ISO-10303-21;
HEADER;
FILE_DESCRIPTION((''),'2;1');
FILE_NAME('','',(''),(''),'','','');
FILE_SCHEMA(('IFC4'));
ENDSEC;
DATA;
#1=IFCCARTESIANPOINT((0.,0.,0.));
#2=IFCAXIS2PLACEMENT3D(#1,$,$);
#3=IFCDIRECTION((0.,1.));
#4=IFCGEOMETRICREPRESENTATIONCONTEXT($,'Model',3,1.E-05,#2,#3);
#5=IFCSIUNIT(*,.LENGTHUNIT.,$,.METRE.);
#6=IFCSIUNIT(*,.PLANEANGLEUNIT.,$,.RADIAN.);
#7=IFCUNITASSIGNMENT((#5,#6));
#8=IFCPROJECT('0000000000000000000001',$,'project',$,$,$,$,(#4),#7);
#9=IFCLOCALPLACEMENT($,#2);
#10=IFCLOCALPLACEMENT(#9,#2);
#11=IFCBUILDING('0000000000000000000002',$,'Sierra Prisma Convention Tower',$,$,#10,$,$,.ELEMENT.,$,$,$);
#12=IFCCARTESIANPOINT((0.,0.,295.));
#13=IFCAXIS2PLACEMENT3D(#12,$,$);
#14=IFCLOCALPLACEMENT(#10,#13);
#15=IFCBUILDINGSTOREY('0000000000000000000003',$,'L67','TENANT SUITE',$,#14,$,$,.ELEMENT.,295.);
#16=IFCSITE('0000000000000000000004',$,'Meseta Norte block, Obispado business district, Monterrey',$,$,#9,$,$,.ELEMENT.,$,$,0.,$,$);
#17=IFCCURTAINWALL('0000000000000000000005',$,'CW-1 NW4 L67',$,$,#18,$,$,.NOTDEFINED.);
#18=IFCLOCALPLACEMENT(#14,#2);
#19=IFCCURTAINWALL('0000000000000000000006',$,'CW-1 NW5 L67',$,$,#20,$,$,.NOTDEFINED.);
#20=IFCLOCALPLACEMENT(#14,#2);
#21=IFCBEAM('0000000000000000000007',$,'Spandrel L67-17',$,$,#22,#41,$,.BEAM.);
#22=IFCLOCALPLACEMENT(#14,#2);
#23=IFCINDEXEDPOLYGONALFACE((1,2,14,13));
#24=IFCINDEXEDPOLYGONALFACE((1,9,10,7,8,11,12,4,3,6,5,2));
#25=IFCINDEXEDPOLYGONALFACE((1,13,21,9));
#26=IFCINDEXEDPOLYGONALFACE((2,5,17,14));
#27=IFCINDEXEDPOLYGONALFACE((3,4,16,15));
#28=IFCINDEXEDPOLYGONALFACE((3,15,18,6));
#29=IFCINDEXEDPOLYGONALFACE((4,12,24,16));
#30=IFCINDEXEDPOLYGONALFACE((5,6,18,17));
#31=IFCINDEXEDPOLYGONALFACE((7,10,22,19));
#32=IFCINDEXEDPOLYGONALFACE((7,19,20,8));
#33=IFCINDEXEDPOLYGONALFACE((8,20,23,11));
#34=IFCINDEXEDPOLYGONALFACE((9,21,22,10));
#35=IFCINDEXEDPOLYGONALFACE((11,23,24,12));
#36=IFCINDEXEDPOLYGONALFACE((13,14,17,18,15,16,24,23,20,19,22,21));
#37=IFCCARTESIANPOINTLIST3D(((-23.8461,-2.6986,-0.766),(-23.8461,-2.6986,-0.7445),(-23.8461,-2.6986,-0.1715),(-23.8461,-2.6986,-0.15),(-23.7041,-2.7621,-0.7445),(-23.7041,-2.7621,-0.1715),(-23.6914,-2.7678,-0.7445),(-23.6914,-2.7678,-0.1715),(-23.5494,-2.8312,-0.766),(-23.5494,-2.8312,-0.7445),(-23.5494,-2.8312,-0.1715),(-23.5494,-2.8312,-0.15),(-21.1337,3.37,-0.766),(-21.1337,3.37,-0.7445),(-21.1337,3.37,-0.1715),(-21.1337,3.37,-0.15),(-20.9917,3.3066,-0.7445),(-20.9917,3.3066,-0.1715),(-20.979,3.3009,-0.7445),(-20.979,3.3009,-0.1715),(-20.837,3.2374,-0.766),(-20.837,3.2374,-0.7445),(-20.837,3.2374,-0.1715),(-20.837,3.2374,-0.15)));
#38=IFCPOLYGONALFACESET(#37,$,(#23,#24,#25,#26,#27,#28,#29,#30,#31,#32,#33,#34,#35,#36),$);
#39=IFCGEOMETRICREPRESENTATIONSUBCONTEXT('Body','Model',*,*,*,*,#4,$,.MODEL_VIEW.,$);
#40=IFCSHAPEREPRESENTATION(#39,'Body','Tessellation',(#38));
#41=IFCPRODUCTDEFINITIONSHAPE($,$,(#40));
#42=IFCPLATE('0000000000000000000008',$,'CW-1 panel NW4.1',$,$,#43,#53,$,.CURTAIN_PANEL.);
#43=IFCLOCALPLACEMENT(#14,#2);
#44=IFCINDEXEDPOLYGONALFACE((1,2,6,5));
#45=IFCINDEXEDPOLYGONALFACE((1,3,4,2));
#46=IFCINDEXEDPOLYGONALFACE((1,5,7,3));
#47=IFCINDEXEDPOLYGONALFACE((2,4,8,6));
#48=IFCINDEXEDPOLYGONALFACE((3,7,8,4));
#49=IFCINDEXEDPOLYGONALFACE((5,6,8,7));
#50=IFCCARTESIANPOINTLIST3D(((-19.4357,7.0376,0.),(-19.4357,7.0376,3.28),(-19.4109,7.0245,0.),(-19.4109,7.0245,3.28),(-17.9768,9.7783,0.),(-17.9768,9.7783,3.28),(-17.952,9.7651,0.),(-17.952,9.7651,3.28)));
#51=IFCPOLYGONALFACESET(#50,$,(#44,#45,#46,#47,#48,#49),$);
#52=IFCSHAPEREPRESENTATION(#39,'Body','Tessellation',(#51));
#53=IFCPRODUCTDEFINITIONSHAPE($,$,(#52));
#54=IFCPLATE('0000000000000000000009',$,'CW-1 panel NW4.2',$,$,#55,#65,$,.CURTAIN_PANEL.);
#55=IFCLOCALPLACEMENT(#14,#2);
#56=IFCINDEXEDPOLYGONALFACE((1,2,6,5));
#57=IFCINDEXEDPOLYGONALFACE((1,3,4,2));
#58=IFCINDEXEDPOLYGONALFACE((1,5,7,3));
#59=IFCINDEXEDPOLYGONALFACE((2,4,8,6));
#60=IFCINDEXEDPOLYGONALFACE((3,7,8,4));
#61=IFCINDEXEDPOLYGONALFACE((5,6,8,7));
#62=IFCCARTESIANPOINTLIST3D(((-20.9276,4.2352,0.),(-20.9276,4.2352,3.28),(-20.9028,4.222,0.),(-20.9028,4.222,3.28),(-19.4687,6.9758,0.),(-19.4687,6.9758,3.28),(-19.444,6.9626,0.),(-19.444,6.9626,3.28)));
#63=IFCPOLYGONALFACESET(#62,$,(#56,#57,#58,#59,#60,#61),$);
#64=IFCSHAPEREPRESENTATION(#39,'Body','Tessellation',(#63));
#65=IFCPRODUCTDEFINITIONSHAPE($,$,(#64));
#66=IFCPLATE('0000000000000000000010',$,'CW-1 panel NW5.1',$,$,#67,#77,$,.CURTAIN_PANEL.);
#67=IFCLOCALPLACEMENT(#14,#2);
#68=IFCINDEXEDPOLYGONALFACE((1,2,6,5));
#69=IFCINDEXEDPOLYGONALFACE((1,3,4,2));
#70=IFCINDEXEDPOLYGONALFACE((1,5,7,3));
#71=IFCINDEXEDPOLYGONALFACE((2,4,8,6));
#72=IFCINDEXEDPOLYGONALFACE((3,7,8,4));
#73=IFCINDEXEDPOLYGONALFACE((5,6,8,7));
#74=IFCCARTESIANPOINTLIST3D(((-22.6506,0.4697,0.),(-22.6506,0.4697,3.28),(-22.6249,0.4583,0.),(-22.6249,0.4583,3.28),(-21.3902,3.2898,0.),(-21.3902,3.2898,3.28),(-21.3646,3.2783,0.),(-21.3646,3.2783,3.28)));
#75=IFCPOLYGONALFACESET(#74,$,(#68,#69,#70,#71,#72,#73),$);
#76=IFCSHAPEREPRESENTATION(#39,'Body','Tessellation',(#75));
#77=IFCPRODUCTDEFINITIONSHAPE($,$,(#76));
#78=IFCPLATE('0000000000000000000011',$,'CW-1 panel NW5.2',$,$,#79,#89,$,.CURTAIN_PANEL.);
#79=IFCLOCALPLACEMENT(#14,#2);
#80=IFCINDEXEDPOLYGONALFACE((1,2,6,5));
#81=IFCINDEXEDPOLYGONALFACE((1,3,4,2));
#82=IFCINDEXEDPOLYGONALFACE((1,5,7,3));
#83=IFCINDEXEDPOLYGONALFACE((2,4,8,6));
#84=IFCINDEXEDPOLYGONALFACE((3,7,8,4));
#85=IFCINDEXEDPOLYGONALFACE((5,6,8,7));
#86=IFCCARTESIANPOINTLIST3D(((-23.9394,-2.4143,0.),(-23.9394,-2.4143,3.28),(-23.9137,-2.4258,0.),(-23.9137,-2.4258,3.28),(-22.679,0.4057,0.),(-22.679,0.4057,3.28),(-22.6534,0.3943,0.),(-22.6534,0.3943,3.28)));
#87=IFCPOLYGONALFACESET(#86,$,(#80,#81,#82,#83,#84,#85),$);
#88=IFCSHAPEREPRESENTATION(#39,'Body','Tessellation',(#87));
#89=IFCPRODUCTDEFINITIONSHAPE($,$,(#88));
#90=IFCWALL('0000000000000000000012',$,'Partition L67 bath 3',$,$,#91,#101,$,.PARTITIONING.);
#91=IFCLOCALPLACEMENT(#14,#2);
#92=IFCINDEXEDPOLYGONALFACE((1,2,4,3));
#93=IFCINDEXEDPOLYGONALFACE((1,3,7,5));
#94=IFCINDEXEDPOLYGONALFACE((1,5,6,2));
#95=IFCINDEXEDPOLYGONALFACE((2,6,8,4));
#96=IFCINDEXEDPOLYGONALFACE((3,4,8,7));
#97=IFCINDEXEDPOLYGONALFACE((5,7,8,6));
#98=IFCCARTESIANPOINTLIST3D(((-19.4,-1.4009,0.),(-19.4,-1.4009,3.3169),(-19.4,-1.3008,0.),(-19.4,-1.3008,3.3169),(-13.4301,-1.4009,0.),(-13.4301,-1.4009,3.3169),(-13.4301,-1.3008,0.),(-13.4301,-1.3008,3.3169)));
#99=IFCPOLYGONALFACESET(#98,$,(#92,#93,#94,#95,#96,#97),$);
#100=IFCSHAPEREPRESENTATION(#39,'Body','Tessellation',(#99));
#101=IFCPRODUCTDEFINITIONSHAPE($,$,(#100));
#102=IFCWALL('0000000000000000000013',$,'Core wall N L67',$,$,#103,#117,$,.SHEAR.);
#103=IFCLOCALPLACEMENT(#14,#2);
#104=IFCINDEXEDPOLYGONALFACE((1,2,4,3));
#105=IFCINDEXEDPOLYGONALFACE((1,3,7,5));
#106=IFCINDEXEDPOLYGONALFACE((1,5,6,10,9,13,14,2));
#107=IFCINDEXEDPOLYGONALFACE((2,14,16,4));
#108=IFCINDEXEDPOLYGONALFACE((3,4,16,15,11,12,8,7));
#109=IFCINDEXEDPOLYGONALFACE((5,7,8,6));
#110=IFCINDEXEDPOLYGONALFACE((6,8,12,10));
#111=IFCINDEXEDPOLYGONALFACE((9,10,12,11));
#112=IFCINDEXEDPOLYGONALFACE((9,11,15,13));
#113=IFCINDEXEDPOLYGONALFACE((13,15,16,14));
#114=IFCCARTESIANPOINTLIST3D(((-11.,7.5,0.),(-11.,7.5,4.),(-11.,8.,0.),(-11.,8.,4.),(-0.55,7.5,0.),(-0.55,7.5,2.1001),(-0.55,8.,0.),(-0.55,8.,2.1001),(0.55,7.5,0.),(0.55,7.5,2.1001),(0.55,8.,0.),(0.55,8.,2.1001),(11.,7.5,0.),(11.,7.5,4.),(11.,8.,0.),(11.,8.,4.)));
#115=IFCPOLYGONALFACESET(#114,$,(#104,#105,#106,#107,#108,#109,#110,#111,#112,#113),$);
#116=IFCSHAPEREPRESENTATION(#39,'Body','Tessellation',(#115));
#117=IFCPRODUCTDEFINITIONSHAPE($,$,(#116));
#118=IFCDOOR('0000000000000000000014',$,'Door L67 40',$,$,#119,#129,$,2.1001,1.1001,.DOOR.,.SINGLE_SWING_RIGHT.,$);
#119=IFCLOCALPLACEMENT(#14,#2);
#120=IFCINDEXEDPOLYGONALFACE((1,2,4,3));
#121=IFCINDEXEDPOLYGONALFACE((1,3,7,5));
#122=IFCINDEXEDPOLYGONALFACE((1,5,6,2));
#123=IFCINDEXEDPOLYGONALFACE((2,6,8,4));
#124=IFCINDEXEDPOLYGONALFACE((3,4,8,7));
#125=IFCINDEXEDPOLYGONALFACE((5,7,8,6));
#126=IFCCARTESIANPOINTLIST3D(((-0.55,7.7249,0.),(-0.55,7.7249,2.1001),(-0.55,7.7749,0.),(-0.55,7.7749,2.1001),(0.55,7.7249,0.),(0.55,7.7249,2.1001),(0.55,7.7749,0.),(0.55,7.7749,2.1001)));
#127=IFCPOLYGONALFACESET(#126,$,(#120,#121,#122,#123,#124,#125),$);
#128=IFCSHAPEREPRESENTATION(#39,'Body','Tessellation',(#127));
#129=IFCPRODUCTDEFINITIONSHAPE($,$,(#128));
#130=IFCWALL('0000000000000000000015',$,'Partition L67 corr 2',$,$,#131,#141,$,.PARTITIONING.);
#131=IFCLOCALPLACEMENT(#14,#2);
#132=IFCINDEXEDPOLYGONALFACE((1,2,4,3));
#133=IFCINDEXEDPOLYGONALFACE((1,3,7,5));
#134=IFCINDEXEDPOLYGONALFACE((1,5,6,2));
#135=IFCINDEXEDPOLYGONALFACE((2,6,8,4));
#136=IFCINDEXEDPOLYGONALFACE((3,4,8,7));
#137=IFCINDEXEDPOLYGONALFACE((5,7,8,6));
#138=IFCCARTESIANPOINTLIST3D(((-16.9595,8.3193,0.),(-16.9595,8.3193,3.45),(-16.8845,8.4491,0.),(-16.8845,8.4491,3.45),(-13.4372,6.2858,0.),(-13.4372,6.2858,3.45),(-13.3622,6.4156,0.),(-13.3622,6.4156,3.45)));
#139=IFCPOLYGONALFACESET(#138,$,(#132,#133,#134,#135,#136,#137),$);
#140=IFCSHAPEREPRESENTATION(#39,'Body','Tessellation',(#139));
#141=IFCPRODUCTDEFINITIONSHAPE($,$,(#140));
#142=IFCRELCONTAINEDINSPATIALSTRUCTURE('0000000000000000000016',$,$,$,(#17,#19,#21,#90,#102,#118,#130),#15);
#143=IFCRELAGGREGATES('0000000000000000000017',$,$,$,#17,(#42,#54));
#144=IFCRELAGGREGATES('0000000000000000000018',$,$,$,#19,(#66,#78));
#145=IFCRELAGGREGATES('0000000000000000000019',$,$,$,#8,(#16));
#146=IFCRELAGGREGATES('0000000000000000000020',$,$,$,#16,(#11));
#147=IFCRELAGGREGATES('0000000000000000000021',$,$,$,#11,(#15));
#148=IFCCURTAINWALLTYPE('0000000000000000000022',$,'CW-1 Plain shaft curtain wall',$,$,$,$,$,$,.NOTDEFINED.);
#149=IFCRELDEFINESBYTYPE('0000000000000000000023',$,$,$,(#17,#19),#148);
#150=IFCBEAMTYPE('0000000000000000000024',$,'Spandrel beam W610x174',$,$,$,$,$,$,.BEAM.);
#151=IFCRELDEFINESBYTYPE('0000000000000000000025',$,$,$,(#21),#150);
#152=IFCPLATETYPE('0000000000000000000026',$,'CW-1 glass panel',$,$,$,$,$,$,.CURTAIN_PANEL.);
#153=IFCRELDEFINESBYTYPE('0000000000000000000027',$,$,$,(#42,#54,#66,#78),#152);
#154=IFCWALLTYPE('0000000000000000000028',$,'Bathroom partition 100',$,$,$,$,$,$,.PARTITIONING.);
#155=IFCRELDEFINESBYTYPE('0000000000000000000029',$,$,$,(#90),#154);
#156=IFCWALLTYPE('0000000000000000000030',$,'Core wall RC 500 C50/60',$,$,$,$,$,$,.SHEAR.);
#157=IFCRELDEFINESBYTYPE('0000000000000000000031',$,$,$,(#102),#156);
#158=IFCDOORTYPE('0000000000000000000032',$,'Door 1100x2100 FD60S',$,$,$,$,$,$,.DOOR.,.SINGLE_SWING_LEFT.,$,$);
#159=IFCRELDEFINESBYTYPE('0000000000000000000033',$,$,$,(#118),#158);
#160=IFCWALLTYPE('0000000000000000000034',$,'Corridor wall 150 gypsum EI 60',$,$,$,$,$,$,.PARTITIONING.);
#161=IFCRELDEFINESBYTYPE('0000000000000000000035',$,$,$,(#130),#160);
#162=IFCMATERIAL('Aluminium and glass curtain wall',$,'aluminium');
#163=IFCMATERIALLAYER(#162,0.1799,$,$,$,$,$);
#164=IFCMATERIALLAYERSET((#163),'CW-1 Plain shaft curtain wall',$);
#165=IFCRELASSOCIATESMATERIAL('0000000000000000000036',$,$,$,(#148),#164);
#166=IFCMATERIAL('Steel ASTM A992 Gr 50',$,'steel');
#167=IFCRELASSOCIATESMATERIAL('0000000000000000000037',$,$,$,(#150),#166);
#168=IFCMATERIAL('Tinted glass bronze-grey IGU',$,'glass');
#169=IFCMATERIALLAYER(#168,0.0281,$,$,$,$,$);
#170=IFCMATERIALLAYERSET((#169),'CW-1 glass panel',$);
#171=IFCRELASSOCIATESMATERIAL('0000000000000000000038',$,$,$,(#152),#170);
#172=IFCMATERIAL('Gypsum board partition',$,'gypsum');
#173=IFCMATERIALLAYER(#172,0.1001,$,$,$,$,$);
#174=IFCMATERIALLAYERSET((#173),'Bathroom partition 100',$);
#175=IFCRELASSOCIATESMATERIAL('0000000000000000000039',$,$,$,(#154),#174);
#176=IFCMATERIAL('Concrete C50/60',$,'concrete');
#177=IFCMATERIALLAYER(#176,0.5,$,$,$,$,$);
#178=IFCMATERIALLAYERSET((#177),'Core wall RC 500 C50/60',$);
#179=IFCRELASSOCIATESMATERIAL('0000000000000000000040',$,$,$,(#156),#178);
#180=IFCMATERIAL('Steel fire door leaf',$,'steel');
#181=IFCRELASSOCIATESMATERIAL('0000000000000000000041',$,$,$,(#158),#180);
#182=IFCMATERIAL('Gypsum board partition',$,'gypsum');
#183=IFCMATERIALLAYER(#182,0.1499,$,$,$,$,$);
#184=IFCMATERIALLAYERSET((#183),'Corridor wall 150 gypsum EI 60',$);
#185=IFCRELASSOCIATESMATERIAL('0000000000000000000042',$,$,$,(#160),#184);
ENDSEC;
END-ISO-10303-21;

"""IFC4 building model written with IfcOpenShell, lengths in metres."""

from ifc_helpers import new_model, si_unit, direction, frame, frame_2d, origin, origin_2d, place, context, subcontext, project, spatial, rectangle, i_section, extrude, material, layer, layer_set, material_profile, profile_set, type_object, element, fill, aggregate, save


model = new_model("IFC4")

# Units and contexts
model_context = context("Model", 3, precision=1e-05, world=origin(), true_north=direction((0.0, 1.0)))
body_context = subcontext(model_context, "Body", "Model", "MODEL_VIEW")
ifc_project = project(units=[si_unit("LENGTHUNIT", "METRE"), si_unit("PLANEANGLEUNIT", "RADIAN")], contexts=[model_context])

# Site, building, storey
site_placement = place(None, origin())
site = spatial("IfcSite", under=ifc_project, at=site_placement, Name="Meseta Norte block, Obispado business district, Monterrey", CompositionType="ELEMENT", RefElevation=0.0)
building_placement = place(site_placement, origin())
building = spatial("IfcBuilding", under=site, at=building_placement, Name="Sierra Prisma Convention Tower", CompositionType="ELEMENT")
storey_placement = place(building_placement, frame((0.0, 0.0, 295.0)))
storey = spatial("IfcBuildingStorey", under=building, at=storey_placement, Name="L67", Description="TENANT SUITE", CompositionType="ELEMENT", Elevation=295.0)

# Curtain wall
ifc_material_1 = material(Name="Aluminium and glass curtain wall", Category="aluminium")
ifc_layer_1 = layer(ifc_material_1, 0.1799)
ifc_layer_set_1 = layer_set([ifc_layer_1], Name="CW-1 Plain shaft curtain wall")
curtain_wall_type = type_object("IfcCurtainWallType", Name="CW-1 Plain shaft curtain wall", PredefinedType="NOTDEFINED", material=ifc_layer_set_1)
curtain_wall_1_placement = place(storey_placement, origin())
curtain_wall_1 = element("IfcCurtainWall", 1, at=curtain_wall_1_placement, inside=storey, type_object=curtain_wall_type, Name="CW-1 NW4 L67", PredefinedType="NOTDEFINED")

# Curtain wall
curtain_wall_2_placement = place(storey_placement, origin())
curtain_wall_2 = element("IfcCurtainWall", 2, at=curtain_wall_2_placement, inside=storey, type_object=curtain_wall_type, Name="CW-1 NW5 L67", PredefinedType="NOTDEFINED")

# Beam
ifc_material_2 = material(Name="Steel ASTM A992 Gr 50", Category="steel")
ifc_material_profile_1 = material_profile(ifc_material_2, i_section(OverallWidth=0.325, OverallDepth=0.616, WebThickness=0.0139, FlangeThickness=0.0215, at=origin_2d()), Name="W610x174")
ifc_profile_set_1 = profile_set([ifc_material_profile_1], Name="Steel ASTM A992 Gr 50")
beam_type_1 = type_object("IfcBeamType", Name="Spandrel beam W610x174", PredefinedType="BEAM", material=ifc_profile_set_1)
beam_1_placement = place(storey_placement, frame((-20.9854, 3.3037, -0.458), z_axis=(-0.408053, -0.912958, 0.0), x_axis=(0.912958, -0.408053, 0.0)))
element("IfcBeam", 3, at=beam_1_placement, inside=storey, type_object=beam_type_1, Name="Spandrel L67-17", PredefinedType="BEAM", context=body_context, shape_type="SweptSolid", body=[
    extrude(i_section(OverallWidth=0.325, OverallDepth=0.616, WebThickness=0.0139, FlangeThickness=0.0215, at=origin_2d()), origin(), (0.0, 0.0, 1.0), 6.6472),
])

# Plates
ifc_material_3 = material(Name="Tinted glass bronze-grey IGU", Category="glass")
ifc_layer_2 = layer(ifc_material_3, 0.0281)
ifc_layer_set_2 = layer_set([ifc_layer_2], Name="CW-1 glass panel")
plate_type = type_object("IfcPlateType", Name="CW-1 glass panel", PredefinedType="CURTAIN_PANEL", material=ifc_layer_set_2)
plate_1_placement = place(storey_placement, frame((-18.6938, 8.4014, 0.0), z_axis=(0.0, 0.0, 1.0), x_axis=(-0.469888, -0.882726, 0.0)))
plate_1 = element("IfcPlate", 4, at=plate_1_placement, type_object=plate_type, Name="CW-1 panel NW4.1", PredefinedType="CURTAIN_PANEL", context=body_context, shape_type="SweptSolid", body=[
    extrude(rectangle(XDim=3.1047, YDim=0.0281, at=origin_2d()), origin(), (0.0, 0.0, 1.0), 3.28),
])
plate_2_placement = place(storey_placement, frame((-20.1858, 5.5989, 0.0), z_axis=(0.0, 0.0, 1.0), x_axis=(-0.469888, -0.882726, 0.0)))
plate_2 = element("IfcPlate", 5, at=plate_2_placement, type_object=plate_type, Name="CW-1 panel NW4.2", PredefinedType="CURTAIN_PANEL", context=body_context, shape_type="SweptSolid", body=[
    extrude(rectangle(XDim=3.1047, YDim=0.0281, at=origin_2d()), origin(), (0.0, 0.0, 1.0), 3.28),
])
aggregate(curtain_wall_1, [plate_1, plate_2])
plate_3_placement = place(storey_placement, frame((-22.0076, 1.874, 0.0), z_axis=(0.0, 0.0, 1.0), x_axis=(-0.408028, -0.912969, 0.0)))
plate_3 = element("IfcPlate", 6, at=plate_3_placement, type_object=plate_type, Name="CW-1 panel NW5.1", PredefinedType="CURTAIN_PANEL", context=body_context, shape_type="SweptSolid", body=[
    extrude(rectangle(XDim=3.0889, YDim=0.0281, at=origin_2d()), origin(), (0.0, 0.0, 1.0), 3.28),
])
plate_4_placement = place(storey_placement, frame((-23.2964, -1.01, 0.0), z_axis=(0.0, 0.0, 1.0), x_axis=(-0.408028, -0.912969, 0.0)))
plate_4 = element("IfcPlate", 7, at=plate_4_placement, type_object=plate_type, Name="CW-1 panel NW5.2", PredefinedType="CURTAIN_PANEL", context=body_context, shape_type="SweptSolid", body=[
    extrude(rectangle(XDim=3.0889, YDim=0.0281, at=origin_2d()), origin(), (0.0, 0.0, 1.0), 3.28),
])
aggregate(curtain_wall_2, [plate_3, plate_4])

# Wall
ifc_material_4 = material(Name="Gypsum board partition", Category="gypsum")
ifc_layer_3 = layer(ifc_material_4, 0.1001)
ifc_layer_set_3 = layer_set([ifc_layer_3], Name="Bathroom partition 100")
wall_type_1 = type_object("IfcWallType", Name="Bathroom partition 100", PredefinedType="PARTITIONING", material=ifc_layer_set_3)
wall_1_placement = place(storey_placement, frame((-19.3999, -1.3508, 0.0), z_axis=(0.0, 0.0, 1.0), x_axis=(1.0, 0.0, 0.0)))
element("IfcWall", 8, at=wall_1_placement, inside=storey, type_object=wall_type_1, Name="Partition L67 bath 3", PredefinedType="PARTITIONING", context=body_context, shape_type="SweptSolid", body=[
    extrude(rectangle(XDim=5.97, YDim=0.1001, at=frame_2d((2.9849, 0.0))), origin(), (0.0, 0.0, 1.0), 3.3169),
])

# Wall, opening, door
ifc_material_5 = material(Name="Concrete C50/60", Category="concrete")
ifc_layer_4 = layer(ifc_material_5, 0.5)
ifc_layer_set_4 = layer_set([ifc_layer_4], Name="Core wall RC 500 C50/60")
wall_type_2 = type_object("IfcWallType", Name="Core wall RC 500 C50/60", PredefinedType="SHEAR", material=ifc_layer_set_4)
wall_2_placement = place(storey_placement, frame((-11.0, 7.75, 0.0), z_axis=(0.0, 0.0, 1.0), x_axis=(1.0, 0.0, 0.0)))
wall_2 = element("IfcWall", 9, at=wall_2_placement, inside=storey, type_object=wall_type_2, Name="Core wall N L67", PredefinedType="SHEAR", context=body_context, shape_type="SweptSolid", body=[
    extrude(rectangle(XDim=22.0, YDim=0.5, at=frame_2d((11.0, 0.0))), origin(), (0.0, 0.0, 1.0), 4.0),
])
opening_1_placement = place(wall_2_placement, frame((10.45, 0.0, 0.0)))
opening_1 = element("IfcOpeningElement", 10, at=opening_1_placement, cuts=wall_2, PredefinedType="OPENING", context=body_context, shape_type="SweptSolid", body=[
    extrude(rectangle(XDim=1.1001, YDim=2.1001, at=frame_2d((0.55, 1.05))), frame((0.0, 0.25, 0.0), z_axis=(0.0, -1.0, 0.0), x_axis=(1.0, 0.0, 0.0)), (0.0, 0.0, 1.0), 0.5),
])
ifc_material_6 = material(Name="Steel fire door leaf", Category="steel")
door_type_1 = type_object("IfcDoorType", Name="Door 1100x2100 FD60S", OperationType="SINGLE_SWING_LEFT", PredefinedType="DOOR", material=ifc_material_6)
door_1_placement = place(opening_1_placement, origin())
door_1 = element("IfcDoor", 11, at=door_1_placement, inside=storey, type_object=door_type_1, Name="Door L67 40", OperationType="SINGLE_SWING_RIGHT", OverallHeight=2.1001, OverallWidth=1.1001, PredefinedType="DOOR", context=body_context, shape_type="SweptSolid", body=[
    extrude(rectangle(XDim=1.1001, YDim=2.1001, at=frame_2d((0.55, 1.05))), frame((0.0, 0.0249, 0.0), z_axis=(0.0, -1.0, 0.0), x_axis=(1.0, 0.0, 0.0)), (0.0, 0.0, 1.0), 0.05),
])
fill(opening_1, door_1)

# Wall
ifc_material_7 = material(Name="Gypsum board partition", Category="gypsum")
ifc_layer_5 = layer(ifc_material_7, 0.1499)
ifc_layer_set_5 = layer_set([ifc_layer_5], Name="Corridor wall 150 gypsum EI 60")
wall_type_3 = type_object("IfcWallType", Name="Corridor wall 150 gypsum EI 60", PredefinedType="PARTITIONING", material=ifc_layer_set_5)
wall_3_placement = place(storey_placement, frame((-16.9221, 8.3843, 0.0), z_axis=(0.0, 0.0, 1.0), x_axis=(0.866037, -0.499981, 0.0)))
element("IfcWall", 12, at=wall_3_placement, inside=storey, type_object=wall_type_3, Name="Partition L67 corr 2", PredefinedType="PARTITIONING", context=body_context, shape_type="SweptSolid", body=[
    extrude(rectangle(XDim=4.0671, YDim=0.1499, at=frame_2d((2.0337, 0.0))), origin(), (0.0, 0.0, 1.0), 3.45),
])

save(model, "model.ifc")
